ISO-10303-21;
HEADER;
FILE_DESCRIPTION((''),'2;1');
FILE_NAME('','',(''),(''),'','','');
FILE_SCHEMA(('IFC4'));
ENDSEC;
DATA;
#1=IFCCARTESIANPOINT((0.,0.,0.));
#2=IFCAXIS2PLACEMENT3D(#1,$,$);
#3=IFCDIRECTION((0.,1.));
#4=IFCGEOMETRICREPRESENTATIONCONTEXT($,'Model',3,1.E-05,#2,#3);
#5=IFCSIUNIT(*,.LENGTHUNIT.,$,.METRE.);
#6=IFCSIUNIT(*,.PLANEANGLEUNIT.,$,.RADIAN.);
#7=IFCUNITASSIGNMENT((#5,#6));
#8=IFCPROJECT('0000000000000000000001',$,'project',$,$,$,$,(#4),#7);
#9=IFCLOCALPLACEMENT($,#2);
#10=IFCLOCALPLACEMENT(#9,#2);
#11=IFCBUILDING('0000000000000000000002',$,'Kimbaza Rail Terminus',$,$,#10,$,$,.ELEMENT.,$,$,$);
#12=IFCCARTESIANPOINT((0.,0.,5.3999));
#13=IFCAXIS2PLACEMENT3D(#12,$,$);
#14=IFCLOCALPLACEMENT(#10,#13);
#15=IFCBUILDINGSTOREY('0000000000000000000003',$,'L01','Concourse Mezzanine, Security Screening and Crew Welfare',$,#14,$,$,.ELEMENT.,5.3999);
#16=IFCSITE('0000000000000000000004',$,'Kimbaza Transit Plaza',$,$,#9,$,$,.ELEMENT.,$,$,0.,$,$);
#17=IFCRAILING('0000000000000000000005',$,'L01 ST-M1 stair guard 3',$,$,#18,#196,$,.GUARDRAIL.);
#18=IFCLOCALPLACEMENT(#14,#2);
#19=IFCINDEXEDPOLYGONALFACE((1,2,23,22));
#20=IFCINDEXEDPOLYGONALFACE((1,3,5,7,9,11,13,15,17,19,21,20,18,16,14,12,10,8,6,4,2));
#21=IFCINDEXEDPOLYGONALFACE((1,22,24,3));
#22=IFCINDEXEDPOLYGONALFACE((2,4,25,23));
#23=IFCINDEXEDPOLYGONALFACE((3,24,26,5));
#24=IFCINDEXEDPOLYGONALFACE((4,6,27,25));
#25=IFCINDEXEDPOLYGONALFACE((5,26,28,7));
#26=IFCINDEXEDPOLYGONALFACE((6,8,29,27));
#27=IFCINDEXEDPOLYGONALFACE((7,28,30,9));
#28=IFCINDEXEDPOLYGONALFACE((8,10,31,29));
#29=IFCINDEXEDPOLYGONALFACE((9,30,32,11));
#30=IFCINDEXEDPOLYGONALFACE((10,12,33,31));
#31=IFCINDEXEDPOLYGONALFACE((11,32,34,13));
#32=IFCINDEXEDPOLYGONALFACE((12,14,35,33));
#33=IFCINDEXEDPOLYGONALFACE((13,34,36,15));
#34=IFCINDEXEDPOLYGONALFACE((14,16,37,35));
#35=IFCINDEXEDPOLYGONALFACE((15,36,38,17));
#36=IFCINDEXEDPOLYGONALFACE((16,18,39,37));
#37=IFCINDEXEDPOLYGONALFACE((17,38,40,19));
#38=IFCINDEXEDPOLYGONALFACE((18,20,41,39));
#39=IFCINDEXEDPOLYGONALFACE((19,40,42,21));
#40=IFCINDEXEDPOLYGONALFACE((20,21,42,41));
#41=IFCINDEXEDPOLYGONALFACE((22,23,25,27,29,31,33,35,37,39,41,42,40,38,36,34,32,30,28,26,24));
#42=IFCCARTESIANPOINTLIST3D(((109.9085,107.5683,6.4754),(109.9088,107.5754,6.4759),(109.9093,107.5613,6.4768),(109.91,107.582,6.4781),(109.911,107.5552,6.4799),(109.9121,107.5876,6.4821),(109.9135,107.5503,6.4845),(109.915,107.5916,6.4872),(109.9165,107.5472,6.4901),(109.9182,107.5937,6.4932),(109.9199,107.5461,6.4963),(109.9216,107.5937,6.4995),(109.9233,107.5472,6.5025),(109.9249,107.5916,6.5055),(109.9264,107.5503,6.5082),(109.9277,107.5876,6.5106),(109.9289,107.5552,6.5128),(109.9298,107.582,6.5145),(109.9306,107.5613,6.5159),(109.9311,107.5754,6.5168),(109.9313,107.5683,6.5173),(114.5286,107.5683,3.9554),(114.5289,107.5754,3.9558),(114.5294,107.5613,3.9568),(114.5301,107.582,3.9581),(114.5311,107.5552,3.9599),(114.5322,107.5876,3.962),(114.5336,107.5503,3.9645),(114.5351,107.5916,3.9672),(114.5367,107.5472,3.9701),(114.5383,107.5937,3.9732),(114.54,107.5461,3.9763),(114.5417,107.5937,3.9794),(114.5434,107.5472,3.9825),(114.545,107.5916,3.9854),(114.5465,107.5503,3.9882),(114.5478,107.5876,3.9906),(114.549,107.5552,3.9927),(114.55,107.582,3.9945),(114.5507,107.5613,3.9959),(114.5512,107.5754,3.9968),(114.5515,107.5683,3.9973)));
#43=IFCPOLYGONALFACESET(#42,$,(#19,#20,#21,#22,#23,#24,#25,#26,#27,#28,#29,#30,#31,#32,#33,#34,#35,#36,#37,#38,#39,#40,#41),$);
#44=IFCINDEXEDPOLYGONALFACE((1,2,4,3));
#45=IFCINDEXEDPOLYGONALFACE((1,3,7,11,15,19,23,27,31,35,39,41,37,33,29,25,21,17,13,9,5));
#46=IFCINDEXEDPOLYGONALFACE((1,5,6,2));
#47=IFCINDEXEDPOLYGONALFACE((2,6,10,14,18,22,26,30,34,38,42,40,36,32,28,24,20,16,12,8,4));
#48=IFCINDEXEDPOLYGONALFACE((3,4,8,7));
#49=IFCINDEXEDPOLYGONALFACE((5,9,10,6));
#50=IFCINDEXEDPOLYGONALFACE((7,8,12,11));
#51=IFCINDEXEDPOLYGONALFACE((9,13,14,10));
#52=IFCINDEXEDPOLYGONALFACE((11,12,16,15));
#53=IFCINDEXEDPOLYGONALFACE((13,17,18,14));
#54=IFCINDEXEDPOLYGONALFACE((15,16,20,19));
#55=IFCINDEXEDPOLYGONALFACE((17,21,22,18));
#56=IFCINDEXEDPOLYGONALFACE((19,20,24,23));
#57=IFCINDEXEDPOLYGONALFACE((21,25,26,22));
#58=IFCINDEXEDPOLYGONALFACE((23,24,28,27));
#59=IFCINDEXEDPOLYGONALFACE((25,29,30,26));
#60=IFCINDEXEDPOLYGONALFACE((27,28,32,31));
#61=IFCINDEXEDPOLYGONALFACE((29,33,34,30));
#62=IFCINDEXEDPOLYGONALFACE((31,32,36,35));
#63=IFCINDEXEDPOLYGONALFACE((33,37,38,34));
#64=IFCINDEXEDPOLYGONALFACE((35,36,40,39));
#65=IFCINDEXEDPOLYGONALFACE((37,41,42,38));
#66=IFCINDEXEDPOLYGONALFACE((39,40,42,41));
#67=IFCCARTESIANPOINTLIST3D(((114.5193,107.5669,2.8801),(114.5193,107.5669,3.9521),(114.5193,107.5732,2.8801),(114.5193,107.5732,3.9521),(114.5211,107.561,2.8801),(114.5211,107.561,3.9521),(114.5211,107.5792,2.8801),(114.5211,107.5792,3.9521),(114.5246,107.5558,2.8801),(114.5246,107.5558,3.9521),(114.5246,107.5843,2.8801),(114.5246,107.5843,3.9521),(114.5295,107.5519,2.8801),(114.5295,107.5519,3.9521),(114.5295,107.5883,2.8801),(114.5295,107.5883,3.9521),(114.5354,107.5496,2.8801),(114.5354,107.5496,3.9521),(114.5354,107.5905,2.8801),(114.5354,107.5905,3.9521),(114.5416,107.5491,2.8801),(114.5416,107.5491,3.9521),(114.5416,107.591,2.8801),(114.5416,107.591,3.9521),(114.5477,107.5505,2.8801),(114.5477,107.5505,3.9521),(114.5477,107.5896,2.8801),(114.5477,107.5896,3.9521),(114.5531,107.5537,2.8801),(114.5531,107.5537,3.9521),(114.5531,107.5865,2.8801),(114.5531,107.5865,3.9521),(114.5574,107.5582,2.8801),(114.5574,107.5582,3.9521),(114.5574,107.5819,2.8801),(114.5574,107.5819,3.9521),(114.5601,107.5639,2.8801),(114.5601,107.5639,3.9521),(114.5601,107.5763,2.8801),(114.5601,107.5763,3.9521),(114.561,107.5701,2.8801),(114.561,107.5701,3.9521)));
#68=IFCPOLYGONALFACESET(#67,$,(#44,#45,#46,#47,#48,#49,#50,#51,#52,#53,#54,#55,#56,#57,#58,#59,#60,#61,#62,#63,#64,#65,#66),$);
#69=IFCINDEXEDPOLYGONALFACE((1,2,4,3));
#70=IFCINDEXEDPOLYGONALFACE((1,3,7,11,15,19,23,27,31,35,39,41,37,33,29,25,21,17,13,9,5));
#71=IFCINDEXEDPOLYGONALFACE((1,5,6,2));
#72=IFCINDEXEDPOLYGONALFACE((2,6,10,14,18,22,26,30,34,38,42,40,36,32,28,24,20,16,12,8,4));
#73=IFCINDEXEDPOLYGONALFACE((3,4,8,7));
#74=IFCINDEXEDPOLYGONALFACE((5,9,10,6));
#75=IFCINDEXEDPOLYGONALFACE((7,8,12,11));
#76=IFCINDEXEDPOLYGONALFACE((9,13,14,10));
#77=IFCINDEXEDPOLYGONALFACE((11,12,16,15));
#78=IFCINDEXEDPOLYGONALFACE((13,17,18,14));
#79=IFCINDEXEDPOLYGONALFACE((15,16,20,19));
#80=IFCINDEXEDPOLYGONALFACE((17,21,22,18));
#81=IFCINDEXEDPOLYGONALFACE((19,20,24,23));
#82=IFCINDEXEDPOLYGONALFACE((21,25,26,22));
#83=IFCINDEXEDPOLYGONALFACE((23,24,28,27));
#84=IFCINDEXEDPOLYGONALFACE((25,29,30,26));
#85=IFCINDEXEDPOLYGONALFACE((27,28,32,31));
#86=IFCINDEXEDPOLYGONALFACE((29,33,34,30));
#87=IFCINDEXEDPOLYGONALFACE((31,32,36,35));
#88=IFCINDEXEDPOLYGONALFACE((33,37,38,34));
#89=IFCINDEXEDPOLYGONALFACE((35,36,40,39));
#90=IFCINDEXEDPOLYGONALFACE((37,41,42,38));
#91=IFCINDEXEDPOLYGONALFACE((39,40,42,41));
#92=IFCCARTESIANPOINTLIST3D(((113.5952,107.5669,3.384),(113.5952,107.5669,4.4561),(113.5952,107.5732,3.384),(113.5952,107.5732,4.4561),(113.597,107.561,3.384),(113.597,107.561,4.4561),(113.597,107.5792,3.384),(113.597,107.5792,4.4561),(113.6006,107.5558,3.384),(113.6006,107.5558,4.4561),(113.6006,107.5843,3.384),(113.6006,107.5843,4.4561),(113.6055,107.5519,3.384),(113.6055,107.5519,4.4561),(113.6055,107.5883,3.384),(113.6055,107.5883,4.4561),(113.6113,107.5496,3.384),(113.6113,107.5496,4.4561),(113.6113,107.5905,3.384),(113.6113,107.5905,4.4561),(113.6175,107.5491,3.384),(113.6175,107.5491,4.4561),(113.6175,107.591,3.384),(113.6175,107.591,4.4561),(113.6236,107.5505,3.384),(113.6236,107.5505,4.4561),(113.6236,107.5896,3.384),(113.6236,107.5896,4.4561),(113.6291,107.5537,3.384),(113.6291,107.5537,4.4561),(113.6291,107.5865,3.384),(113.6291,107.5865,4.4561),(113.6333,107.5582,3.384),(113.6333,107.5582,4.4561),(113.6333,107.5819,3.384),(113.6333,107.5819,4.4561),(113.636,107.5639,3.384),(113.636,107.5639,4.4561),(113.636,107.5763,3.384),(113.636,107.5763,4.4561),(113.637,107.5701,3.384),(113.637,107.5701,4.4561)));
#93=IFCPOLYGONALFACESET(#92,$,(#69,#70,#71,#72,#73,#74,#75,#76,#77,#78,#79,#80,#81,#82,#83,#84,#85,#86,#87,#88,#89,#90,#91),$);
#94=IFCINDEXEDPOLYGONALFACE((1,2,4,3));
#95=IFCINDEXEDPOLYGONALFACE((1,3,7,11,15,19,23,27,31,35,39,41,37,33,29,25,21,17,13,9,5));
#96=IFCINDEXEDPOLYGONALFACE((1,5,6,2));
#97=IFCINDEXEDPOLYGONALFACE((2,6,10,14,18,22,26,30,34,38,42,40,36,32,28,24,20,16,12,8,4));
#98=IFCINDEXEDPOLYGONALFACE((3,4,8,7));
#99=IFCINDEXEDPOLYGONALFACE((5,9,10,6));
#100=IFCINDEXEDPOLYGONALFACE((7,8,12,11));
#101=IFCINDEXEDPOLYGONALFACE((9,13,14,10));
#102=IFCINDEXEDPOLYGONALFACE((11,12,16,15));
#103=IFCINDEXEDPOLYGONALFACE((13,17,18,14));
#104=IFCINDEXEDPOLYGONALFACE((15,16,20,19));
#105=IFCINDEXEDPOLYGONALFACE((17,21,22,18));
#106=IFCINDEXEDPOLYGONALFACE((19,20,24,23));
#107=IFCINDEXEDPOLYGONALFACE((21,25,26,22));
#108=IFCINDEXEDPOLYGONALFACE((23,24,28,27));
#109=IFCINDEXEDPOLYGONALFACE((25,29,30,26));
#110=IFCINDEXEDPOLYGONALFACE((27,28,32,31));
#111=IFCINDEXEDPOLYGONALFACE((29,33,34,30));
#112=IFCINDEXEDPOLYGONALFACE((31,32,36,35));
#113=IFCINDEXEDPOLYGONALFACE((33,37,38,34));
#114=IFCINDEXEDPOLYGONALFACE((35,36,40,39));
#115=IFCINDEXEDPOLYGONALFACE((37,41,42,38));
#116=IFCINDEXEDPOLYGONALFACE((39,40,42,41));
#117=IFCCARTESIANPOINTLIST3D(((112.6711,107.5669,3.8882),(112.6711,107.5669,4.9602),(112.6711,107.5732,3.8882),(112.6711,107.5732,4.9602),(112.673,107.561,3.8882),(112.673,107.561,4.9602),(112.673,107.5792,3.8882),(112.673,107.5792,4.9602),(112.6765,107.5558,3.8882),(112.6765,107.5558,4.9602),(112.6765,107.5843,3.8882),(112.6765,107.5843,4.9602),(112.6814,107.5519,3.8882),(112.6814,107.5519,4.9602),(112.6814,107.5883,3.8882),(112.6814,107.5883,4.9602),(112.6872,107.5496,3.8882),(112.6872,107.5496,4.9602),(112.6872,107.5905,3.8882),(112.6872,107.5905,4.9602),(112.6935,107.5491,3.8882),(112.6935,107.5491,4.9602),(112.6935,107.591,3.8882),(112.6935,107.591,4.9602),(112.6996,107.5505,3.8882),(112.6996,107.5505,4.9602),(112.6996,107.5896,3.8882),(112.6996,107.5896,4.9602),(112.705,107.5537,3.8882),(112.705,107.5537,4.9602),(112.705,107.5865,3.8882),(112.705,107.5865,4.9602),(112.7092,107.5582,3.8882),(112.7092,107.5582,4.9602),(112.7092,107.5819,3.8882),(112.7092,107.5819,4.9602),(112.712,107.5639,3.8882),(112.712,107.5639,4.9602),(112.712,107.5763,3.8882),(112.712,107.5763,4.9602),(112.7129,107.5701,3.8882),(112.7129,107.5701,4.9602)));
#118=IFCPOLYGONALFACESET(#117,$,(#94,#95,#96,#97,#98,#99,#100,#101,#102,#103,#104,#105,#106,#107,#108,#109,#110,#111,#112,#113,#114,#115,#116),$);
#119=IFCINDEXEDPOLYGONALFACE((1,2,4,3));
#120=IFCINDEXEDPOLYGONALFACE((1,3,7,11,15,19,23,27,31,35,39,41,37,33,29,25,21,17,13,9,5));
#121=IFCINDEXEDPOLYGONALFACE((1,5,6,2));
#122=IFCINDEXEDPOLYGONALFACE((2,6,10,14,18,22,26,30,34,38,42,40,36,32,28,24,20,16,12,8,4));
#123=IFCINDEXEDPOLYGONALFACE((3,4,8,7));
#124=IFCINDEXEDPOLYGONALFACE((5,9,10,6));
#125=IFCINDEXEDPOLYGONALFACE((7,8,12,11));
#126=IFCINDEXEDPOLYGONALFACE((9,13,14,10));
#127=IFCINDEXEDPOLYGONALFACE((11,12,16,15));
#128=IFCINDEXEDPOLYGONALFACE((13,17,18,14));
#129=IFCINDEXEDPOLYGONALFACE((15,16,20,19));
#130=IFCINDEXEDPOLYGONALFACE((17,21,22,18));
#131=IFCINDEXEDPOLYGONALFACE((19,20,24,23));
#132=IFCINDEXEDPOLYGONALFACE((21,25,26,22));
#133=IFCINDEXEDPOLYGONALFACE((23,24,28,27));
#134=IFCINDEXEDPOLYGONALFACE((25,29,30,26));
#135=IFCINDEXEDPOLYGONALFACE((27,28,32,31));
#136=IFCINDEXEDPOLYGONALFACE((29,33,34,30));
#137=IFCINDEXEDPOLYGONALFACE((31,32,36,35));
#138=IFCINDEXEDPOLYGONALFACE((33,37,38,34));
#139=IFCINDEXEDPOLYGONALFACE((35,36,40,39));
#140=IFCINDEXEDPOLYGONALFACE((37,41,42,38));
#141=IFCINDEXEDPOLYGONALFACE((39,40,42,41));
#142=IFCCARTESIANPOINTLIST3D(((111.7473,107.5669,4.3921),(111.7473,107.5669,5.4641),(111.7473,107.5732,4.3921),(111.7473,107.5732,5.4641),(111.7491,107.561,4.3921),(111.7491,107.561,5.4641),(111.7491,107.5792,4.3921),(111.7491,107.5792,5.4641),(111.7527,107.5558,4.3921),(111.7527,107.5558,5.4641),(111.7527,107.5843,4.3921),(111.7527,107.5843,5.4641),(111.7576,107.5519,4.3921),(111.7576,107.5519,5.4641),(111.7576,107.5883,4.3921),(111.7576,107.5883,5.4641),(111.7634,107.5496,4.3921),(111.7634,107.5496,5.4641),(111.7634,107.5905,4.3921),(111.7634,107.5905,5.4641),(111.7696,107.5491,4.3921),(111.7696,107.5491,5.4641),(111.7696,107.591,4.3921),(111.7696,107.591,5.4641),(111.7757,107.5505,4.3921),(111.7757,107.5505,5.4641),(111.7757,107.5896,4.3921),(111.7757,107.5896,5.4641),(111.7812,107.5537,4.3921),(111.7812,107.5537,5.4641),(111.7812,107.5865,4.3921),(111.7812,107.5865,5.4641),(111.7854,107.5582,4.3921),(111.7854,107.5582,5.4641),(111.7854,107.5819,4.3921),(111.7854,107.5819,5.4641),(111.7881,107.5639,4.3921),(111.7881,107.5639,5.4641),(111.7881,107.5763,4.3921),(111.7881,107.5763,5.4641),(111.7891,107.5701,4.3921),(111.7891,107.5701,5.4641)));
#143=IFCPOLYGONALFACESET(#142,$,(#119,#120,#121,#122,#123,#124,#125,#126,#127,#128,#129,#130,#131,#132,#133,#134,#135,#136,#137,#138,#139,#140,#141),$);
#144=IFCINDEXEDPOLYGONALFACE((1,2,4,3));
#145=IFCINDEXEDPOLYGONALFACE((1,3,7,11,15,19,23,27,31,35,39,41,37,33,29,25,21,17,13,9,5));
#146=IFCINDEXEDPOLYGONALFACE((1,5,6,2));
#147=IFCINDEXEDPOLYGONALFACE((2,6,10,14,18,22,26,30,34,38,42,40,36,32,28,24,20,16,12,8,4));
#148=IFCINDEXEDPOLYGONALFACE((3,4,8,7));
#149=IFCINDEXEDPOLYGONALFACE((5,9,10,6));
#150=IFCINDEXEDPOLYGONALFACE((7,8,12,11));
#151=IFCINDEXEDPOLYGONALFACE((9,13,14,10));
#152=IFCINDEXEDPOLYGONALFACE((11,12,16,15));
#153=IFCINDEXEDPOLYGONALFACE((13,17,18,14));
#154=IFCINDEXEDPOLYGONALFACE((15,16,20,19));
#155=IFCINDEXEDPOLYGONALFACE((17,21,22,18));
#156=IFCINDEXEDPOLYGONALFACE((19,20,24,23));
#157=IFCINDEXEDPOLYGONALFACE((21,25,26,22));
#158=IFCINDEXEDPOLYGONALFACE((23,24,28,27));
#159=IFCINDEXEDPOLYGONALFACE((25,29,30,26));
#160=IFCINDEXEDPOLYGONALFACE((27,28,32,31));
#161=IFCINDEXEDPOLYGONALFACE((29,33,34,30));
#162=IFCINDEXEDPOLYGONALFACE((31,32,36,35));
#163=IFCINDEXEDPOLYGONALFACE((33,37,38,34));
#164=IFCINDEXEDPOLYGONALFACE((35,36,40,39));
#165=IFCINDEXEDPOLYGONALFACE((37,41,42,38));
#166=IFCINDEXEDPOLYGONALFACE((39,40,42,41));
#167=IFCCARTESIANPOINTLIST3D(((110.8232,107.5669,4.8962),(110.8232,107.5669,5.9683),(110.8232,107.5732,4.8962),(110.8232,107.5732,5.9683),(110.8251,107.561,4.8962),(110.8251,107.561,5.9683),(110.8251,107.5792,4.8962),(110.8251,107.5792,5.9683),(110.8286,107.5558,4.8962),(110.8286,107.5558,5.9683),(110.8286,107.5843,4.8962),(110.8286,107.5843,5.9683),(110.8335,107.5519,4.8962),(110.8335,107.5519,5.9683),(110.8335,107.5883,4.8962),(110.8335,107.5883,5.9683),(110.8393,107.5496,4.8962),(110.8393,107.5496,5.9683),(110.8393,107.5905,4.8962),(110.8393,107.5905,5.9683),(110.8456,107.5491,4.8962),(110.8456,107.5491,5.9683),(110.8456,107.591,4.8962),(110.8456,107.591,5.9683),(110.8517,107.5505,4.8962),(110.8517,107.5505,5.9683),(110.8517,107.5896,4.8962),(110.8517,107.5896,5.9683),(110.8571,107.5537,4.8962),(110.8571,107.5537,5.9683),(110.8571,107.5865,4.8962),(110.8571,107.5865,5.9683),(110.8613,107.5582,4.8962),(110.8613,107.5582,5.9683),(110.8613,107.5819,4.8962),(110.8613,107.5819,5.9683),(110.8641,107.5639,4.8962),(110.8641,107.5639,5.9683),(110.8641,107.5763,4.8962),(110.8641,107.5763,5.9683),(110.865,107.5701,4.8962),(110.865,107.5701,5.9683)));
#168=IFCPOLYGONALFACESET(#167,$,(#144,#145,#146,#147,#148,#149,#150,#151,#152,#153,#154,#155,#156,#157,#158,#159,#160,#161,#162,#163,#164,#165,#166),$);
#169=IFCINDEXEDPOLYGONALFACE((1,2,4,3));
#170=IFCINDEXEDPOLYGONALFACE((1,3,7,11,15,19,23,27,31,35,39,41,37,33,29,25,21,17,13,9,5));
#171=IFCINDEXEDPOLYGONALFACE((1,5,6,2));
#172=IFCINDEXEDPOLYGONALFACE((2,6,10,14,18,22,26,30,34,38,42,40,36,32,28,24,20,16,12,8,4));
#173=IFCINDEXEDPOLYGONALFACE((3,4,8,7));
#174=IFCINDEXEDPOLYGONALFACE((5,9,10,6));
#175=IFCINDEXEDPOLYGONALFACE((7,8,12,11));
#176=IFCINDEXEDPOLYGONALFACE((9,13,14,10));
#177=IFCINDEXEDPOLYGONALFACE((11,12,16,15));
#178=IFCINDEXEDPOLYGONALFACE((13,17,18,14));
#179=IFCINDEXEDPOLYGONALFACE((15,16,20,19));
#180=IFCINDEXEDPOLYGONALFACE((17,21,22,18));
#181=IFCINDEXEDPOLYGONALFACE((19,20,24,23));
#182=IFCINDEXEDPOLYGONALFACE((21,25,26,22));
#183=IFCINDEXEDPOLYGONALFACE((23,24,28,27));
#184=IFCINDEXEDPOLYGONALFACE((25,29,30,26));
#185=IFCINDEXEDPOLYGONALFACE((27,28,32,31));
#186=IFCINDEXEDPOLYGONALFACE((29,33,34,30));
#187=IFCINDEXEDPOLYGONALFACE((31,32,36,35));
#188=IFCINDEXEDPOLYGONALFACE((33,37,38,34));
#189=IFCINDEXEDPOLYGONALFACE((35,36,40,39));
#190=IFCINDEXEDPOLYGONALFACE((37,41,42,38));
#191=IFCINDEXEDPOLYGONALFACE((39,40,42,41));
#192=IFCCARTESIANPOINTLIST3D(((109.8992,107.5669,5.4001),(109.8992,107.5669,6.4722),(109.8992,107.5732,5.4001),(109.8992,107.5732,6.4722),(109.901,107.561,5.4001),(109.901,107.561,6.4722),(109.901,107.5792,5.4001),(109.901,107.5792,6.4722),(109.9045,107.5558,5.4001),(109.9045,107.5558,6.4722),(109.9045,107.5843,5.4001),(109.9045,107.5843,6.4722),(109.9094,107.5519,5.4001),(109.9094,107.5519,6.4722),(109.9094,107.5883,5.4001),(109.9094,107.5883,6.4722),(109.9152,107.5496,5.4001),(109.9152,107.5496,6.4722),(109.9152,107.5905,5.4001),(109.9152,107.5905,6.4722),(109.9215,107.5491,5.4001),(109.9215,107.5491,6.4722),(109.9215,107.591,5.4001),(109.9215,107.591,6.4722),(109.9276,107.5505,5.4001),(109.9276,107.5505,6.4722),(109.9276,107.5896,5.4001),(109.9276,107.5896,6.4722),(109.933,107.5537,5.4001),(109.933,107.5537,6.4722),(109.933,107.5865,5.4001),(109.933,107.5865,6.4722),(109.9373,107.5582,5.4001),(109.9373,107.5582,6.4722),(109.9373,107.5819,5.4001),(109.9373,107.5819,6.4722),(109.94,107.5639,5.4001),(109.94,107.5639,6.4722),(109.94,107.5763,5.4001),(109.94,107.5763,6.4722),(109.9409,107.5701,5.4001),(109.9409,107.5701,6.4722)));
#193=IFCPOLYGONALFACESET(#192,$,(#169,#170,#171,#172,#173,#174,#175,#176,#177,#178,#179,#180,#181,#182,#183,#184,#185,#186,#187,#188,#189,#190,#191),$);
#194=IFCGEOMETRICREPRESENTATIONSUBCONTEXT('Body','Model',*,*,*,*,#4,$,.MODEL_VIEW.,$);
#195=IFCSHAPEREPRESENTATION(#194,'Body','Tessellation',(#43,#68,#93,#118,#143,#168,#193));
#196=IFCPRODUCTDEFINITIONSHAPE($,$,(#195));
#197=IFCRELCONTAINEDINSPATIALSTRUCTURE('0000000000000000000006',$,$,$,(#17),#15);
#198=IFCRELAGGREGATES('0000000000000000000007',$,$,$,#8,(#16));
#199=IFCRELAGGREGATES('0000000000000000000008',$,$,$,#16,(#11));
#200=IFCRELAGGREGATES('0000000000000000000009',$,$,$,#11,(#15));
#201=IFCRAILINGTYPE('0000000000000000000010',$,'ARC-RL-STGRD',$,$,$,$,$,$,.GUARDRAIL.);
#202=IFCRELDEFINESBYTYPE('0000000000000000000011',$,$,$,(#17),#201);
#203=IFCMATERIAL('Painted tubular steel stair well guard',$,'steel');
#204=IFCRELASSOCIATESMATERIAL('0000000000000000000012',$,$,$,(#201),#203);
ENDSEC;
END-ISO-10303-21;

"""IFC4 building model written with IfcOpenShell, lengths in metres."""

from ifc_helpers import new_model, si_unit, direction, frame, origin, origin_2d, place, context, subcontext, project, spatial, circle, extrude, material, type_object, element, save


model = new_model("IFC4")

# Units and contexts
model_context = context("Model", 3, precision=1e-05, world=origin(), true_north=direction((0.0, 1.0)))
body_context = subcontext(model_context, "Body", "Model", "MODEL_VIEW")
ifc_project = project(units=[si_unit("LENGTHUNIT", "METRE"), si_unit("PLANEANGLEUNIT", "RADIAN")], contexts=[model_context])

# Site, building, storey
site_placement = place(None, origin())
site = spatial("IfcSite", under=ifc_project, at=site_placement, Name="Kimbaza Transit Plaza", CompositionType="ELEMENT", RefElevation=0.0)
building_placement = place(site_placement, origin())
building = spatial("IfcBuilding", under=site, at=building_placement, Name="Kimbaza Rail Terminus", CompositionType="ELEMENT")
storey_placement = place(building_placement, frame((0.0, 0.0, 5.3999)))
storey = spatial("IfcBuildingStorey", under=building, at=storey_placement, Name="L01", Description="Concourse Mezzanine, Security Screening and Crew Welfare", CompositionType="ELEMENT", Elevation=5.3999)

# Railing
ifc_material_1 = material(Name="Painted tubular steel stair well guard", Category="steel")
railing_type_1 = type_object("IfcRailingType", Name="ARC-RL-STGRD", PredefinedType="GUARDRAIL", material=ifc_material_1)
railing_1_placement = place(storey_placement, frame((114.54, 107.5701, 2.8801)))
element("IfcRailing", 1, at=railing_1_placement, inside=storey, type_object=railing_type_1, Name="L01 ST-M1 stair guard 3", PredefinedType="GUARDRAIL", context=body_context, shape_type="SweptSolid", body=[
    extrude(circle(Radius=0.0239, at=origin_2d()), frame((0.0, 0.0, 1.0962), z_axis=(-0.877899, 0.0, 0.478846), x_axis=(0.0, -1.0, 0.0)), (0.0, 0.0, 1.0), 5.2627),
    extrude(circle(Radius=0.021, at=origin_2d()), origin(), (0.0, 0.0, 1.0), 1.072),
    extrude(circle(Radius=0.021, at=origin_2d()), frame((-0.9241, 0.0, 0.5039)), (0.0, 0.0, 1.0), 1.072),
    extrude(circle(Radius=0.021, at=origin_2d()), frame((-1.8481, 0.0, 1.0081)), (0.0, 0.0, 1.0), 1.072),
    extrude(circle(Radius=0.021, at=origin_2d()), frame((-2.772, 0.0, 1.512)), (0.0, 0.0, 1.0), 1.072),
    extrude(circle(Radius=0.021, at=origin_2d()), frame((-3.696, 0.0, 2.0161)), (0.0, 0.0, 1.0), 1.072),
    extrude(circle(Radius=0.021, at=origin_2d()), frame((-4.6201, 0.0, 2.52)), (0.0, 0.0, 1.0), 1.072),
])

save(model, "model.ifc")
